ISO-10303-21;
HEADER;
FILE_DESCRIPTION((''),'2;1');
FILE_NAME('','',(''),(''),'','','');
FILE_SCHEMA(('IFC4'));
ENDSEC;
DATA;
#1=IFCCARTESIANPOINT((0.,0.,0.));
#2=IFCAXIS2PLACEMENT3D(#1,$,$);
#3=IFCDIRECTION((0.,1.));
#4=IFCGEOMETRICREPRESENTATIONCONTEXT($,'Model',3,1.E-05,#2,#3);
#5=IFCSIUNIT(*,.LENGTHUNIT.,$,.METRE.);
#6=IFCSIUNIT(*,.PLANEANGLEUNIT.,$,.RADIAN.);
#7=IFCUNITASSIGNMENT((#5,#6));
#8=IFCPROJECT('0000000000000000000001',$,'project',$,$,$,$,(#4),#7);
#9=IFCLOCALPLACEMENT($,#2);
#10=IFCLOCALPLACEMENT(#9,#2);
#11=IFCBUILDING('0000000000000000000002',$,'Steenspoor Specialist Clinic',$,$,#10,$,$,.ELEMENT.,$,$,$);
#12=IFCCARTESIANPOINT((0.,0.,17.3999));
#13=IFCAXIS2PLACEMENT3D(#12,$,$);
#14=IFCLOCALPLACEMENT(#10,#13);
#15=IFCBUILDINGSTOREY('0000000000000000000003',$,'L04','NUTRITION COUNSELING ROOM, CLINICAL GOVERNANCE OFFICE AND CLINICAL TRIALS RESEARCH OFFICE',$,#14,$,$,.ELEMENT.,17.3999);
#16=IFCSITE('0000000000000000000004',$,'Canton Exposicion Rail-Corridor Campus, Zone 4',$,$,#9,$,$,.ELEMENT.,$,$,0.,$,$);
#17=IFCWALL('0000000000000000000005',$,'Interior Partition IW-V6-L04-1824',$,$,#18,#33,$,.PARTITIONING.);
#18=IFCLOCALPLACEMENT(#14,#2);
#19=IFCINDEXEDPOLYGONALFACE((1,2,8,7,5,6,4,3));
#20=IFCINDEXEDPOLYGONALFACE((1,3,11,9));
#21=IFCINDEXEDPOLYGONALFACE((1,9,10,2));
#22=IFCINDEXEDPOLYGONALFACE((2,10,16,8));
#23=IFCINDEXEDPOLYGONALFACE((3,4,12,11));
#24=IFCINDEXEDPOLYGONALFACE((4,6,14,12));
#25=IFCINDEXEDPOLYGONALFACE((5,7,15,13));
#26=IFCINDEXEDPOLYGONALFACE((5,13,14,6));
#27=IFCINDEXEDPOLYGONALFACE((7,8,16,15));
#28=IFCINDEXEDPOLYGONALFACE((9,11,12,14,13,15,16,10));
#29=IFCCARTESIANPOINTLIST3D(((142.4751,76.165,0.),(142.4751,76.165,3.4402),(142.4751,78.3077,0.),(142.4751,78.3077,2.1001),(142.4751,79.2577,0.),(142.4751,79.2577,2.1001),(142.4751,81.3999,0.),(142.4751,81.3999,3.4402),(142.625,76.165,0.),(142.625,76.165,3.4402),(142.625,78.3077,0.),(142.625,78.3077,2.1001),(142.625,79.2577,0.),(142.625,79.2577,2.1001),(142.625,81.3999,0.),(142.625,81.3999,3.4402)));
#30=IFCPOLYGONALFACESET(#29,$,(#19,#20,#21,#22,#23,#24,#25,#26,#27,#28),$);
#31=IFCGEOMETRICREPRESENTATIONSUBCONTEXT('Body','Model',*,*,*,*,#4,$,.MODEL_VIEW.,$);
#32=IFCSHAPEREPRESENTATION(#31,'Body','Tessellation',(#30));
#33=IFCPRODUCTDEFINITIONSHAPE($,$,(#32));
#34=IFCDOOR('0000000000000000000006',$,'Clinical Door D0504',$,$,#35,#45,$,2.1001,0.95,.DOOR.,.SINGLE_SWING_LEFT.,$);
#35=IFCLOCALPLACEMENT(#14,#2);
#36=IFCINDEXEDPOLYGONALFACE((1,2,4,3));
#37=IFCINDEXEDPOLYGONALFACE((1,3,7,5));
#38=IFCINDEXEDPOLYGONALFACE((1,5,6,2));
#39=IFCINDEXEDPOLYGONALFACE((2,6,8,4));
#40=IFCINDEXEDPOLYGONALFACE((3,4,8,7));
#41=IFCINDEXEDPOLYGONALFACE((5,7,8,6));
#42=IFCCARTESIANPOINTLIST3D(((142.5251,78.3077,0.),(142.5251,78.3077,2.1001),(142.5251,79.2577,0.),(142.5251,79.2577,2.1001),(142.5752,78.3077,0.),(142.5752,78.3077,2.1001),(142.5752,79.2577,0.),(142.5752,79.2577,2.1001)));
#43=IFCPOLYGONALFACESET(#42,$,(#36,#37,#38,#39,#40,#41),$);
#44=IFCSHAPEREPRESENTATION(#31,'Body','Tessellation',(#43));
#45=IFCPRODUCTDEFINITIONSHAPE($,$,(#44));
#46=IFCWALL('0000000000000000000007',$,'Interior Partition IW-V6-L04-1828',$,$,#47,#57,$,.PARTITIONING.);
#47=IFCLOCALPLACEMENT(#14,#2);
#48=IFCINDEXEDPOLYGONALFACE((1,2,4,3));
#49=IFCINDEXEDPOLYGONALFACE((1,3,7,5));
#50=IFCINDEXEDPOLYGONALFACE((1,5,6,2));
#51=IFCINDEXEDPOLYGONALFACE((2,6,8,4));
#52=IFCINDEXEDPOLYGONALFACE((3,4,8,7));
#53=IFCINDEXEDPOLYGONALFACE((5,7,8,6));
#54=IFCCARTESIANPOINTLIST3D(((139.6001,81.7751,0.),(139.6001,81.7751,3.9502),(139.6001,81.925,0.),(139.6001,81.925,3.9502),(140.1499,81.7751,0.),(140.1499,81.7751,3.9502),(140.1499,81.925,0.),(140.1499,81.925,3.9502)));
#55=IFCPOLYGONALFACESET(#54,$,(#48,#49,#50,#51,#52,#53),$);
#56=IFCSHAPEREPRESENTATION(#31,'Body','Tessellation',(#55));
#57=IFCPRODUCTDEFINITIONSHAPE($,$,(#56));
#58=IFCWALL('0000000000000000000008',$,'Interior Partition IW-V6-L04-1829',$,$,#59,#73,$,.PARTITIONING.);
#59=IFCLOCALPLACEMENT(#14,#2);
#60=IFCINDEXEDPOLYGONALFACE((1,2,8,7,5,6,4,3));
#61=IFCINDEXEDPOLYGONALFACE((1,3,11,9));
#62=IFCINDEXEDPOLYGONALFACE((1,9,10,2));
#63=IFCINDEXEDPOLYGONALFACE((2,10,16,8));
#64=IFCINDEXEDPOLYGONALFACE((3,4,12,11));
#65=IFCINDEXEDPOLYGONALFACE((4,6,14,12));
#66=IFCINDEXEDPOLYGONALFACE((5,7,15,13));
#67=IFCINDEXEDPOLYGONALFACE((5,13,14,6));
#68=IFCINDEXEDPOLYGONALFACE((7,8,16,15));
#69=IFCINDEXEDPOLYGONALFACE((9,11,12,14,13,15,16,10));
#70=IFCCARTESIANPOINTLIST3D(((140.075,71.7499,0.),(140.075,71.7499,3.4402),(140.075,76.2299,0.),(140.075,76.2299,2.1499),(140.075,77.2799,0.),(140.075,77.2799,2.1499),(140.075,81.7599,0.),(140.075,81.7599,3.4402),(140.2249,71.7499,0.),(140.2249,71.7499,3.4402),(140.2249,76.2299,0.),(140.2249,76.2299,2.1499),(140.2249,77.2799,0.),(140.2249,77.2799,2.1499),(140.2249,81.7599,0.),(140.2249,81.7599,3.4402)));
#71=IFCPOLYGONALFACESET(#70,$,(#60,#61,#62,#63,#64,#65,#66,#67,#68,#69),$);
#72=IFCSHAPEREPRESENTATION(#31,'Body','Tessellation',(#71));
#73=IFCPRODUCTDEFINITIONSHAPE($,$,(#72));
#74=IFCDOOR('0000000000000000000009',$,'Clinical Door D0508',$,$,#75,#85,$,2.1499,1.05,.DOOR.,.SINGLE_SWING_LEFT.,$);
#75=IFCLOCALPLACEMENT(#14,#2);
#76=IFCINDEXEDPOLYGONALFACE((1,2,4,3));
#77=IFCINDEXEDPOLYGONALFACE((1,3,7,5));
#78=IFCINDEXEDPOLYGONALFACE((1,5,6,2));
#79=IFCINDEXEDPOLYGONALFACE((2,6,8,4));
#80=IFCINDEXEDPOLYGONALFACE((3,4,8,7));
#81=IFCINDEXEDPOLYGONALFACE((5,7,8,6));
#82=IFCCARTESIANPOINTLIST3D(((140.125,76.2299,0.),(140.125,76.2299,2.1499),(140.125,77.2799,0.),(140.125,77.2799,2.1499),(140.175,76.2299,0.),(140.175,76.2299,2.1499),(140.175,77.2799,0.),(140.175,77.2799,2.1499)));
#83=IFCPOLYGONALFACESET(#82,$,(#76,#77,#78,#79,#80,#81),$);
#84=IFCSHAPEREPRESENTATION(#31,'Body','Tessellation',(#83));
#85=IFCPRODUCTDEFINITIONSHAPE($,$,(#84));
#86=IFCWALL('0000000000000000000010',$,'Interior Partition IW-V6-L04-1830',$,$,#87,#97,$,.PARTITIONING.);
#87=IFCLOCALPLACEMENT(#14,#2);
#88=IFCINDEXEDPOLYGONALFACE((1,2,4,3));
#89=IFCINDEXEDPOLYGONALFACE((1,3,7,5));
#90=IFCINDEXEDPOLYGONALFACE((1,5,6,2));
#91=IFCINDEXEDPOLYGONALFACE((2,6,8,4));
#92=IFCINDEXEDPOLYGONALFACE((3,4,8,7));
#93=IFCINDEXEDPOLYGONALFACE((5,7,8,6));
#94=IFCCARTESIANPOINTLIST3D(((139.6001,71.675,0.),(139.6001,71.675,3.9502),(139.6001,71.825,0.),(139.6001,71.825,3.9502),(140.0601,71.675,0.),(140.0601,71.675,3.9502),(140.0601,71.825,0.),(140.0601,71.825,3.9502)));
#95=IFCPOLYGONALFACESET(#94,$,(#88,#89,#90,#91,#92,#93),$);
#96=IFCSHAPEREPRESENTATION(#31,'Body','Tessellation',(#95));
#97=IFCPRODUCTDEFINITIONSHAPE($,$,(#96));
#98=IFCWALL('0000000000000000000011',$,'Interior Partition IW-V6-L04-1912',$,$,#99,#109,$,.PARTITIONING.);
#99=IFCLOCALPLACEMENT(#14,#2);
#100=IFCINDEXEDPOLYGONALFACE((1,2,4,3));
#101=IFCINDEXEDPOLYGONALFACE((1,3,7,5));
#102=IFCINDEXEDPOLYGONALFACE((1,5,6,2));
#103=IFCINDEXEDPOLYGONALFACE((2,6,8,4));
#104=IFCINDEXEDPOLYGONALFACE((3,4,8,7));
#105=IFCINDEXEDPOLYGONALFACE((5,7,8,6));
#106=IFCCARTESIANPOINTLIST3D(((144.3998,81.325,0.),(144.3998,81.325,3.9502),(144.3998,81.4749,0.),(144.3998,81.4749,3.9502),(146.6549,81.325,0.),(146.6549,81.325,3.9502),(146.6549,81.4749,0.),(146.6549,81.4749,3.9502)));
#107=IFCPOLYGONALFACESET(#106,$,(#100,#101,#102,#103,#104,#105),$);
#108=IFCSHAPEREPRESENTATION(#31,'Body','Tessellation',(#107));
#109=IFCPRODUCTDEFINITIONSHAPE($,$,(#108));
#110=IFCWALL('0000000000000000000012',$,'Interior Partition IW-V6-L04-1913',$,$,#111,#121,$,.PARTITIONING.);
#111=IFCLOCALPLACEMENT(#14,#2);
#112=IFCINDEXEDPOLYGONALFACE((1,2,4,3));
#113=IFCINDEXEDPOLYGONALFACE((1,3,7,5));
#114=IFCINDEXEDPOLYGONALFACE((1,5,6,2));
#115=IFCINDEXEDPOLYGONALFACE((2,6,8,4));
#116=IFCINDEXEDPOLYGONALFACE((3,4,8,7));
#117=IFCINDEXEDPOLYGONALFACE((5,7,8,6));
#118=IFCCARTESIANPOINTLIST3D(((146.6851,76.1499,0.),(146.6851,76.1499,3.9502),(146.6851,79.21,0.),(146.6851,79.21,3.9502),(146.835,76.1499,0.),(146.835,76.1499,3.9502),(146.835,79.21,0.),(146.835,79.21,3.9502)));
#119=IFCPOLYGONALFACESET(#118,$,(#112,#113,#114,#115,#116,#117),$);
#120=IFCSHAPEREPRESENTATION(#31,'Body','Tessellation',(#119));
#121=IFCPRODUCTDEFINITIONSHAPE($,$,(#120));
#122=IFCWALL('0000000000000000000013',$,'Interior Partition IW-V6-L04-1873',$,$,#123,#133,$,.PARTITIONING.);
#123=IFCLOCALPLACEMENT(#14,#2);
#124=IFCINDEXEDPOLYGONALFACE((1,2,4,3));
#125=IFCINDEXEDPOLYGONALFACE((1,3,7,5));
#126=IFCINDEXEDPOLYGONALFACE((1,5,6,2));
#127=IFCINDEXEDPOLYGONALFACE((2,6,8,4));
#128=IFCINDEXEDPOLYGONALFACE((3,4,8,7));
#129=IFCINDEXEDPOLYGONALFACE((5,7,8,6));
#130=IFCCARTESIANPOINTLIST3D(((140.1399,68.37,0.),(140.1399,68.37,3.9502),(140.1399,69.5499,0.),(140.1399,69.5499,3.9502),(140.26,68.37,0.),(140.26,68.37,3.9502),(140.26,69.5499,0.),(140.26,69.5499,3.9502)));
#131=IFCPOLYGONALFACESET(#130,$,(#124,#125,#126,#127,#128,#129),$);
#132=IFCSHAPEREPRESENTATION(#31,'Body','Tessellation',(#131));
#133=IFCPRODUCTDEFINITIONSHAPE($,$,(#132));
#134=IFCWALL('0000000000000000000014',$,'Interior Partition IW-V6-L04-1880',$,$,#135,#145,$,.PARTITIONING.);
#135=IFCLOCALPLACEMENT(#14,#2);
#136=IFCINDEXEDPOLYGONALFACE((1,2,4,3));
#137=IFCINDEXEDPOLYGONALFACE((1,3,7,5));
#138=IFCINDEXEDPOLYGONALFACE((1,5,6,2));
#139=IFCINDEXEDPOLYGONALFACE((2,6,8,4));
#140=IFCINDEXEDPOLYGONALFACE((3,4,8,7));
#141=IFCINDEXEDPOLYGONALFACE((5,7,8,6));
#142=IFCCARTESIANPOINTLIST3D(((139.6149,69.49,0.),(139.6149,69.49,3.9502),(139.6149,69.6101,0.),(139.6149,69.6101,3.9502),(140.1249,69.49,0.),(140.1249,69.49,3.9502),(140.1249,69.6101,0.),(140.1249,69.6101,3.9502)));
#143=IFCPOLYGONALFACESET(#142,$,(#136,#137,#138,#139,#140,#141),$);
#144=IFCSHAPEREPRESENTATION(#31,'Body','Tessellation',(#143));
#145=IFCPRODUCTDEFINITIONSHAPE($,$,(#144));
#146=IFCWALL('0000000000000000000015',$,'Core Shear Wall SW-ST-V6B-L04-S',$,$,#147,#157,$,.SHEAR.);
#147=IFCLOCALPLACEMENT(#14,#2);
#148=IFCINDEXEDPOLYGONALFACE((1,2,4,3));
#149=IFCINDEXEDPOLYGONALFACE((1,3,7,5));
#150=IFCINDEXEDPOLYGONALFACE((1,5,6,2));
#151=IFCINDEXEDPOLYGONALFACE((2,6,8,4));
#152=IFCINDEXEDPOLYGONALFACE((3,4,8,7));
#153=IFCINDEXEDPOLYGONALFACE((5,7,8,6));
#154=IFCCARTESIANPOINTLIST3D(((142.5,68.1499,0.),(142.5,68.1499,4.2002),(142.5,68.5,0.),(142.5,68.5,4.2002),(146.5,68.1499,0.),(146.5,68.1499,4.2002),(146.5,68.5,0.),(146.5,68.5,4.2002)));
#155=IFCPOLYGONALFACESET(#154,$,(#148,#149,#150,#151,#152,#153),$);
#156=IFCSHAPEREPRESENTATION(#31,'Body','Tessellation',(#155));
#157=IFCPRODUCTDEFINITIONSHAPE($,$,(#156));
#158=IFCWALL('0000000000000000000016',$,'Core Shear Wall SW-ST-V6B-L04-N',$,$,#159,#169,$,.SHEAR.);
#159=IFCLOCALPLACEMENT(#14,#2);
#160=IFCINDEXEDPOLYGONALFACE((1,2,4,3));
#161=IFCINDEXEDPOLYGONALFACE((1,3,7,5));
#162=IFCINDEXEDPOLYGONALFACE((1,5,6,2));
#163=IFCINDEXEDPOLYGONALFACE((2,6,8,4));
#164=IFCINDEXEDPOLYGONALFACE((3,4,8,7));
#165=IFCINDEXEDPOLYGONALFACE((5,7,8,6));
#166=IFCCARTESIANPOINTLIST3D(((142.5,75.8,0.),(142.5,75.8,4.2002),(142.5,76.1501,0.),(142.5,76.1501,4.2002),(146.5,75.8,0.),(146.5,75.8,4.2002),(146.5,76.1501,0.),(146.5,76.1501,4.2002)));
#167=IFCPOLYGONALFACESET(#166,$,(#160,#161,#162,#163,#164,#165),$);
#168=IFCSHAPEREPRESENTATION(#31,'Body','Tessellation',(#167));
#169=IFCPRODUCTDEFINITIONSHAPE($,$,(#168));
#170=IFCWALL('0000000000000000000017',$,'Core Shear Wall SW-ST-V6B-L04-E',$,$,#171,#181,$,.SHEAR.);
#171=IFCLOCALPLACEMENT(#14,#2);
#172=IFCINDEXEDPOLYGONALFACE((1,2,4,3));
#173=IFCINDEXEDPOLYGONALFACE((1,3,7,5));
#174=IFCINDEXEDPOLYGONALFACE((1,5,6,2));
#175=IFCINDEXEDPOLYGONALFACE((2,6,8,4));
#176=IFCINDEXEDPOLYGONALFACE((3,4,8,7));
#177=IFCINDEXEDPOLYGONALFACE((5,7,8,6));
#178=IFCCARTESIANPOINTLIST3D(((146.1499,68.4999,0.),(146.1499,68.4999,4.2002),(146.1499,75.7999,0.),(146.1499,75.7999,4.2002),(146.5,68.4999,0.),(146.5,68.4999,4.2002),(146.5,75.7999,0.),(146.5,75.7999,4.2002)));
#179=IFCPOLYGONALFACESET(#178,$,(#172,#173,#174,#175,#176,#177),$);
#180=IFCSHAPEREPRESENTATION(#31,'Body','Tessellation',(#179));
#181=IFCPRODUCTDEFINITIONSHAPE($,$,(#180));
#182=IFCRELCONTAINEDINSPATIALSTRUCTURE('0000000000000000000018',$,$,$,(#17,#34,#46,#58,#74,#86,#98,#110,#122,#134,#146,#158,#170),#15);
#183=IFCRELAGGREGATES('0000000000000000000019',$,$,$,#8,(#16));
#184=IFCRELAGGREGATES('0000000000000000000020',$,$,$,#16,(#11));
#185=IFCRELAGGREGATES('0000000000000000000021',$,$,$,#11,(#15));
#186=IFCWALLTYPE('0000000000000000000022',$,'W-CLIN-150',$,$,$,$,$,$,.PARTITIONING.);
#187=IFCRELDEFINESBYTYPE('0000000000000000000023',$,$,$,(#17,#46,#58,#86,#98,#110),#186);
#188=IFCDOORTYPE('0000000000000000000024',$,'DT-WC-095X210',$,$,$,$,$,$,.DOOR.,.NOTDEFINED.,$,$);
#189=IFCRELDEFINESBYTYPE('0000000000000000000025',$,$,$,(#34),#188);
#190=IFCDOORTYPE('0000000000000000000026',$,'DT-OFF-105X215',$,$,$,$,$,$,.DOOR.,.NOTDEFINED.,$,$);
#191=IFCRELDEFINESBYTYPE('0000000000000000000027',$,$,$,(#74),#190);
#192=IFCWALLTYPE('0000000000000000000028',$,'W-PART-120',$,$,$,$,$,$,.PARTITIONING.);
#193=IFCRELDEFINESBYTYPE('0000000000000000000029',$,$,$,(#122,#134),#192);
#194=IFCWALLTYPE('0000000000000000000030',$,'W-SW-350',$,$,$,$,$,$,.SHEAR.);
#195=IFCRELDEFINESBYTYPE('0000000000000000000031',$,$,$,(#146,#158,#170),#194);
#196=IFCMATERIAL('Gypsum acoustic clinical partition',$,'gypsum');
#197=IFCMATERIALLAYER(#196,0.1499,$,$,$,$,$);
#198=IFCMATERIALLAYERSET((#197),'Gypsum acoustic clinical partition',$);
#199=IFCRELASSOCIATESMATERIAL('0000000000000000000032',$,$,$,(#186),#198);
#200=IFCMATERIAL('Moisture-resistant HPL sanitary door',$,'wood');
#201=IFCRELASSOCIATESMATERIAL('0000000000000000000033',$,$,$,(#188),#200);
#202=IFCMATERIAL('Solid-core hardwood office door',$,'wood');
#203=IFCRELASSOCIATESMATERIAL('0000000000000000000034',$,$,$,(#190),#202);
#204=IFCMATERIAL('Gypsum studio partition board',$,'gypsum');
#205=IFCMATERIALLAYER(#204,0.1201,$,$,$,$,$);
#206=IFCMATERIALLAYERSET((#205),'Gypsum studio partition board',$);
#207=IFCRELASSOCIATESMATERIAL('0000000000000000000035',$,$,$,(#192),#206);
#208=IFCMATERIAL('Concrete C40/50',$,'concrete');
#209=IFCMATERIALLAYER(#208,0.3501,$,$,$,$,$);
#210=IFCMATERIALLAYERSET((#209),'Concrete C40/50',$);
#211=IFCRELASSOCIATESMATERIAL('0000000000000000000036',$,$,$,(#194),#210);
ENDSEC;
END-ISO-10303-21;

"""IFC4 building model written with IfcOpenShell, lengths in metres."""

from ifc_helpers import new_model, si_unit, direction, frame, frame_2d, origin, place, context, subcontext, project, spatial, rectangle, extrude, material, layer, layer_set, type_object, element, fill, save


model = new_model("IFC4")

# Units and contexts
model_context = context("Model", 3, precision=1e-05, world=origin(), true_north=direction((0.0, 1.0)))
body_context = subcontext(model_context, "Body", "Model", "MODEL_VIEW")
ifc_project = project(units=[si_unit("LENGTHUNIT", "METRE"), si_unit("PLANEANGLEUNIT", "RADIAN")], contexts=[model_context])

# Site, building, storey
site_placement = place(None, origin())
site = spatial("IfcSite", under=ifc_project, at=site_placement, Name="Canton Exposicion Rail-Corridor Campus, Zone 4", CompositionType="ELEMENT", RefElevation=0.0)
building_placement = place(site_placement, origin())
building = spatial("IfcBuilding", under=site, at=building_placement, Name="Steenspoor Specialist Clinic", CompositionType="ELEMENT")
storey_placement = place(building_placement, frame((0.0, 0.0, 17.3999)))
storey = spatial("IfcBuildingStorey", under=building, at=storey_placement, Name="L04", Description="NUTRITION COUNSELING ROOM, CLINICAL GOVERNANCE OFFICE AND CLINICAL TRIALS RESEARCH OFFICE", CompositionType="ELEMENT", Elevation=17.3999)

# Shared definitions
ifc_material_1 = material(Name="Concrete C40/50", Category="concrete")

# Wall, opening, door
ifc_material_2 = material(Name="Gypsum acoustic clinical partition", Category="gypsum")
ifc_layer_1 = layer(ifc_material_2, 0.1499)
ifc_layer_set_1 = layer_set([ifc_layer_1], Name="Gypsum acoustic clinical partition")
wall_type_1 = type_object("IfcWallType", Name="W-CLIN-150", PredefinedType="PARTITIONING", material=ifc_layer_set_1)
wall_1_placement = place(storey_placement, frame((142.55, 76.165, 0.0), z_axis=(0.0, 0.0, 1.0), x_axis=(0.0, 1.0, 0.0)))
wall_1 = element("IfcWall", 1, at=wall_1_placement, inside=storey, type_object=wall_type_1, Name="Interior Partition IW-V6-L04-1824", PredefinedType="PARTITIONING", context=body_context, shape_type="SweptSolid", body=[
    extrude(rectangle(XDim=5.2349, YDim=0.1499, at=frame_2d((2.6174, 0.0))), origin(), (0.0, 0.0, 1.0), 3.4402),
])
opening_1_placement = place(wall_1_placement, frame((2.1426, 0.0, 0.0)))
opening_1 = element("IfcOpeningElement", 2, at=opening_1_placement, cuts=wall_1, PredefinedType="OPENING", context=body_context, shape_type="SweptSolid", body=[
    extrude(rectangle(XDim=0.95, YDim=2.1001, at=frame_2d((0.4751, 1.05))), frame((0.0, 0.085, 0.0), z_axis=(0.0, -1.0, 0.0), x_axis=(1.0, 0.0, 0.0)), (0.0, 0.0, 1.0), 0.1699),
])
ifc_material_3 = material(Name="Moisture-resistant HPL sanitary door", Category="wood")
door_type_1 = type_object("IfcDoorType", Name="DT-WC-095X210", OperationType="NOTDEFINED", PredefinedType="DOOR", material=ifc_material_3)
door_1_placement = place(opening_1_placement, origin())
door_1 = element("IfcDoor", 3, at=door_1_placement, inside=storey, type_object=door_type_1, Name="Clinical Door D0504", OperationType="SINGLE_SWING_LEFT", OverallHeight=2.1001, OverallWidth=0.95, PredefinedType="DOOR", context=body_context, shape_type="SweptSolid", body=[
    extrude(rectangle(XDim=0.95, YDim=2.1001, at=frame_2d((0.4751, 1.05))), frame((0.0, 0.0249, 0.0), z_axis=(0.0, -1.0, 0.0), x_axis=(1.0, 0.0, 0.0)), (0.0, 0.0, 1.0), 0.05),
])
fill(opening_1, door_1)

# Wall
wall_2_placement = place(storey_placement, frame((139.6001, 81.8501, 0.0), z_axis=(0.0, 0.0, 1.0), x_axis=(1.0, 0.0, 0.0)))
element("IfcWall", 4, at=wall_2_placement, inside=storey, type_object=wall_type_1, Name="Interior Partition IW-V6-L04-1828", PredefinedType="PARTITIONING", context=body_context, shape_type="SweptSolid", body=[
    extrude(rectangle(XDim=0.5498, YDim=0.1499, at=frame_2d((0.2749, 0.0))), origin(), (0.0, 0.0, 1.0), 3.9502),
])

# Wall, opening, door
wall_3_placement = place(storey_placement, frame((140.1499, 71.75, 0.0), z_axis=(0.0, 0.0, 1.0), x_axis=(0.0, 1.0, 0.0)))
wall_3 = element("IfcWall", 5, at=wall_3_placement, inside=storey, type_object=wall_type_1, Name="Interior Partition IW-V6-L04-1829", PredefinedType="PARTITIONING", context=body_context, shape_type="SweptSolid", body=[
    extrude(rectangle(XDim=10.01, YDim=0.1499, at=frame_2d((5.0049, 0.0))), origin(), (0.0, 0.0, 1.0), 3.4402),
])
opening_2_placement = place(wall_3_placement, frame((4.48, 0.0, 0.0)))
opening_2 = element("IfcOpeningElement", 6, at=opening_2_placement, cuts=wall_3, PredefinedType="OPENING", context=body_context, shape_type="SweptSolid", body=[
    extrude(rectangle(XDim=1.05, YDim=2.1499, at=frame_2d((0.5249, 1.075))), frame((0.0, 0.085, 0.0), z_axis=(0.0, -1.0, 0.0), x_axis=(1.0, 0.0, 0.0)), (0.0, 0.0, 1.0), 0.1699),
])
ifc_material_4 = material(Name="Solid-core hardwood office door", Category="wood")
door_type_2 = type_object("IfcDoorType", Name="DT-OFF-105X215", OperationType="NOTDEFINED", PredefinedType="DOOR", material=ifc_material_4)
door_2_placement = place(opening_2_placement, origin())
door_2 = element("IfcDoor", 7, at=door_2_placement, inside=storey, type_object=door_type_2, Name="Clinical Door D0508", OperationType="SINGLE_SWING_LEFT", OverallHeight=2.1499, OverallWidth=1.05, PredefinedType="DOOR", context=body_context, shape_type="SweptSolid", body=[
    extrude(rectangle(XDim=1.05, YDim=2.1499, at=frame_2d((0.5249, 1.075))), frame((0.0, 0.0249, 0.0), z_axis=(0.0, -1.0, 0.0), x_axis=(1.0, 0.0, 0.0)), (0.0, 0.0, 1.0), 0.05),
])
fill(opening_2, door_2)

# Walls
wall_4_placement = place(storey_placement, frame((139.6001, 71.75, 0.0), z_axis=(0.0, 0.0, 1.0), x_axis=(1.0, 0.0, 0.0)))
element("IfcWall", 8, at=wall_4_placement, inside=storey, type_object=wall_type_1, Name="Interior Partition IW-V6-L04-1830", PredefinedType="PARTITIONING", context=body_context, shape_type="SweptSolid", body=[
    extrude(rectangle(XDim=0.46, YDim=0.1499, at=frame_2d((0.23, 0.0))), origin(), (0.0, 0.0, 1.0), 3.9502),
])
wall_5_placement = place(storey_placement, frame((144.3999, 81.3999, 0.0), z_axis=(0.0, 0.0, 1.0), x_axis=(1.0, 0.0, 0.0)))
element("IfcWall", 9, at=wall_5_placement, inside=storey, type_object=wall_type_1, Name="Interior Partition IW-V6-L04-1912", PredefinedType="PARTITIONING", context=body_context, shape_type="SweptSolid", body=[
    extrude(rectangle(XDim=2.2551, YDim=0.1499, at=frame_2d((1.1274, 0.0))), origin(), (0.0, 0.0, 1.0), 3.9502),
])
wall_6_placement = place(storey_placement, frame((146.76, 76.1499, 0.0), z_axis=(0.0, 0.0, 1.0), x_axis=(0.0, 1.0, 0.0)))
element("IfcWall", 10, at=wall_6_placement, inside=storey, type_object=wall_type_1, Name="Interior Partition IW-V6-L04-1913", PredefinedType="PARTITIONING", context=body_context, shape_type="SweptSolid", body=[
    extrude(rectangle(XDim=3.0601, YDim=0.1499, at=frame_2d((1.53, 0.0))), origin(), (0.0, 0.0, 1.0), 3.9502),
])
ifc_material_5 = material(Name="Gypsum studio partition board", Category="gypsum")
ifc_layer_2 = layer(ifc_material_5, 0.1201)
ifc_layer_set_2 = layer_set([ifc_layer_2], Name="Gypsum studio partition board")
wall_type_2 = type_object("IfcWallType", Name="W-PART-120", PredefinedType="PARTITIONING", material=ifc_layer_set_2)
wall_7_placement = place(storey_placement, frame((140.2, 68.3701, 0.0), z_axis=(0.0, 0.0, 1.0), x_axis=(0.0, 1.0, 0.0)))
element("IfcWall", 11, at=wall_7_placement, inside=storey, type_object=wall_type_2, Name="Interior Partition IW-V6-L04-1873", PredefinedType="PARTITIONING", context=body_context, shape_type="SweptSolid", body=[
    extrude(rectangle(XDim=1.1799, YDim=0.1201, at=frame_2d((0.5898, 0.0))), origin(), (0.0, 0.0, 1.0), 3.9502),
])
wall_8_placement = place(storey_placement, frame((139.615, 69.55, 0.0), z_axis=(0.0, 0.0, 1.0), x_axis=(1.0, 0.0, 0.0)))
element("IfcWall", 12, at=wall_8_placement, inside=storey, type_object=wall_type_2, Name="Interior Partition IW-V6-L04-1880", PredefinedType="PARTITIONING", context=body_context, shape_type="SweptSolid", body=[
    extrude(rectangle(XDim=0.51, YDim=0.1201, at=frame_2d((0.2549, 0.0))), origin(), (0.0, 0.0, 1.0), 3.9502),
])
ifc_layer_3 = layer(ifc_material_1, 0.3501)
ifc_layer_set_3 = layer_set([ifc_layer_3], Name="Concrete C40/50")
wall_type_3 = type_object("IfcWallType", Name="W-SW-350", PredefinedType="SHEAR", material=ifc_layer_set_3)
for number, where, z_axis, x_axis, name in (
    (13, (142.5, 68.325, 0.0), (0.0, 0.0, 1.0), (1.0, 0.0, 0.0), "Core Shear Wall SW-ST-V6B-L04-S"),
    (14, (142.5, 75.9751, 0.0), (0.0, 0.0, 1.0), (1.0, 0.0, 0.0), "Core Shear Wall SW-ST-V6B-L04-N"),
):
    element("IfcWall", number, at=place(storey_placement, frame(where, z_axis=z_axis, x_axis=x_axis)), inside=storey, type_object=wall_type_3, Name=name, PredefinedType="SHEAR", context=body_context, shape_type="SweptSolid", body=[
        extrude(rectangle(XDim=4.0, YDim=0.3501, at=frame_2d((2.0, 0.0))), origin(), (0.0, 0.0, 1.0), 4.2002),
    ])

# Wall
wall_9_placement = place(storey_placement, frame((146.325, 68.5, 0.0), z_axis=(0.0, 0.0, 1.0), x_axis=(0.0, 1.0, 0.0)))
element("IfcWall", 15, at=wall_9_placement, inside=storey, type_object=wall_type_3, Name="Core Shear Wall SW-ST-V6B-L04-E", PredefinedType="SHEAR", context=body_context, shape_type="SweptSolid", body=[
    extrude(rectangle(XDim=7.3, YDim=0.3501, at=frame_2d((3.6499, 0.0))), origin(), (0.0, 0.0, 1.0), 4.2002),
])

save(model, "model.ifc")
